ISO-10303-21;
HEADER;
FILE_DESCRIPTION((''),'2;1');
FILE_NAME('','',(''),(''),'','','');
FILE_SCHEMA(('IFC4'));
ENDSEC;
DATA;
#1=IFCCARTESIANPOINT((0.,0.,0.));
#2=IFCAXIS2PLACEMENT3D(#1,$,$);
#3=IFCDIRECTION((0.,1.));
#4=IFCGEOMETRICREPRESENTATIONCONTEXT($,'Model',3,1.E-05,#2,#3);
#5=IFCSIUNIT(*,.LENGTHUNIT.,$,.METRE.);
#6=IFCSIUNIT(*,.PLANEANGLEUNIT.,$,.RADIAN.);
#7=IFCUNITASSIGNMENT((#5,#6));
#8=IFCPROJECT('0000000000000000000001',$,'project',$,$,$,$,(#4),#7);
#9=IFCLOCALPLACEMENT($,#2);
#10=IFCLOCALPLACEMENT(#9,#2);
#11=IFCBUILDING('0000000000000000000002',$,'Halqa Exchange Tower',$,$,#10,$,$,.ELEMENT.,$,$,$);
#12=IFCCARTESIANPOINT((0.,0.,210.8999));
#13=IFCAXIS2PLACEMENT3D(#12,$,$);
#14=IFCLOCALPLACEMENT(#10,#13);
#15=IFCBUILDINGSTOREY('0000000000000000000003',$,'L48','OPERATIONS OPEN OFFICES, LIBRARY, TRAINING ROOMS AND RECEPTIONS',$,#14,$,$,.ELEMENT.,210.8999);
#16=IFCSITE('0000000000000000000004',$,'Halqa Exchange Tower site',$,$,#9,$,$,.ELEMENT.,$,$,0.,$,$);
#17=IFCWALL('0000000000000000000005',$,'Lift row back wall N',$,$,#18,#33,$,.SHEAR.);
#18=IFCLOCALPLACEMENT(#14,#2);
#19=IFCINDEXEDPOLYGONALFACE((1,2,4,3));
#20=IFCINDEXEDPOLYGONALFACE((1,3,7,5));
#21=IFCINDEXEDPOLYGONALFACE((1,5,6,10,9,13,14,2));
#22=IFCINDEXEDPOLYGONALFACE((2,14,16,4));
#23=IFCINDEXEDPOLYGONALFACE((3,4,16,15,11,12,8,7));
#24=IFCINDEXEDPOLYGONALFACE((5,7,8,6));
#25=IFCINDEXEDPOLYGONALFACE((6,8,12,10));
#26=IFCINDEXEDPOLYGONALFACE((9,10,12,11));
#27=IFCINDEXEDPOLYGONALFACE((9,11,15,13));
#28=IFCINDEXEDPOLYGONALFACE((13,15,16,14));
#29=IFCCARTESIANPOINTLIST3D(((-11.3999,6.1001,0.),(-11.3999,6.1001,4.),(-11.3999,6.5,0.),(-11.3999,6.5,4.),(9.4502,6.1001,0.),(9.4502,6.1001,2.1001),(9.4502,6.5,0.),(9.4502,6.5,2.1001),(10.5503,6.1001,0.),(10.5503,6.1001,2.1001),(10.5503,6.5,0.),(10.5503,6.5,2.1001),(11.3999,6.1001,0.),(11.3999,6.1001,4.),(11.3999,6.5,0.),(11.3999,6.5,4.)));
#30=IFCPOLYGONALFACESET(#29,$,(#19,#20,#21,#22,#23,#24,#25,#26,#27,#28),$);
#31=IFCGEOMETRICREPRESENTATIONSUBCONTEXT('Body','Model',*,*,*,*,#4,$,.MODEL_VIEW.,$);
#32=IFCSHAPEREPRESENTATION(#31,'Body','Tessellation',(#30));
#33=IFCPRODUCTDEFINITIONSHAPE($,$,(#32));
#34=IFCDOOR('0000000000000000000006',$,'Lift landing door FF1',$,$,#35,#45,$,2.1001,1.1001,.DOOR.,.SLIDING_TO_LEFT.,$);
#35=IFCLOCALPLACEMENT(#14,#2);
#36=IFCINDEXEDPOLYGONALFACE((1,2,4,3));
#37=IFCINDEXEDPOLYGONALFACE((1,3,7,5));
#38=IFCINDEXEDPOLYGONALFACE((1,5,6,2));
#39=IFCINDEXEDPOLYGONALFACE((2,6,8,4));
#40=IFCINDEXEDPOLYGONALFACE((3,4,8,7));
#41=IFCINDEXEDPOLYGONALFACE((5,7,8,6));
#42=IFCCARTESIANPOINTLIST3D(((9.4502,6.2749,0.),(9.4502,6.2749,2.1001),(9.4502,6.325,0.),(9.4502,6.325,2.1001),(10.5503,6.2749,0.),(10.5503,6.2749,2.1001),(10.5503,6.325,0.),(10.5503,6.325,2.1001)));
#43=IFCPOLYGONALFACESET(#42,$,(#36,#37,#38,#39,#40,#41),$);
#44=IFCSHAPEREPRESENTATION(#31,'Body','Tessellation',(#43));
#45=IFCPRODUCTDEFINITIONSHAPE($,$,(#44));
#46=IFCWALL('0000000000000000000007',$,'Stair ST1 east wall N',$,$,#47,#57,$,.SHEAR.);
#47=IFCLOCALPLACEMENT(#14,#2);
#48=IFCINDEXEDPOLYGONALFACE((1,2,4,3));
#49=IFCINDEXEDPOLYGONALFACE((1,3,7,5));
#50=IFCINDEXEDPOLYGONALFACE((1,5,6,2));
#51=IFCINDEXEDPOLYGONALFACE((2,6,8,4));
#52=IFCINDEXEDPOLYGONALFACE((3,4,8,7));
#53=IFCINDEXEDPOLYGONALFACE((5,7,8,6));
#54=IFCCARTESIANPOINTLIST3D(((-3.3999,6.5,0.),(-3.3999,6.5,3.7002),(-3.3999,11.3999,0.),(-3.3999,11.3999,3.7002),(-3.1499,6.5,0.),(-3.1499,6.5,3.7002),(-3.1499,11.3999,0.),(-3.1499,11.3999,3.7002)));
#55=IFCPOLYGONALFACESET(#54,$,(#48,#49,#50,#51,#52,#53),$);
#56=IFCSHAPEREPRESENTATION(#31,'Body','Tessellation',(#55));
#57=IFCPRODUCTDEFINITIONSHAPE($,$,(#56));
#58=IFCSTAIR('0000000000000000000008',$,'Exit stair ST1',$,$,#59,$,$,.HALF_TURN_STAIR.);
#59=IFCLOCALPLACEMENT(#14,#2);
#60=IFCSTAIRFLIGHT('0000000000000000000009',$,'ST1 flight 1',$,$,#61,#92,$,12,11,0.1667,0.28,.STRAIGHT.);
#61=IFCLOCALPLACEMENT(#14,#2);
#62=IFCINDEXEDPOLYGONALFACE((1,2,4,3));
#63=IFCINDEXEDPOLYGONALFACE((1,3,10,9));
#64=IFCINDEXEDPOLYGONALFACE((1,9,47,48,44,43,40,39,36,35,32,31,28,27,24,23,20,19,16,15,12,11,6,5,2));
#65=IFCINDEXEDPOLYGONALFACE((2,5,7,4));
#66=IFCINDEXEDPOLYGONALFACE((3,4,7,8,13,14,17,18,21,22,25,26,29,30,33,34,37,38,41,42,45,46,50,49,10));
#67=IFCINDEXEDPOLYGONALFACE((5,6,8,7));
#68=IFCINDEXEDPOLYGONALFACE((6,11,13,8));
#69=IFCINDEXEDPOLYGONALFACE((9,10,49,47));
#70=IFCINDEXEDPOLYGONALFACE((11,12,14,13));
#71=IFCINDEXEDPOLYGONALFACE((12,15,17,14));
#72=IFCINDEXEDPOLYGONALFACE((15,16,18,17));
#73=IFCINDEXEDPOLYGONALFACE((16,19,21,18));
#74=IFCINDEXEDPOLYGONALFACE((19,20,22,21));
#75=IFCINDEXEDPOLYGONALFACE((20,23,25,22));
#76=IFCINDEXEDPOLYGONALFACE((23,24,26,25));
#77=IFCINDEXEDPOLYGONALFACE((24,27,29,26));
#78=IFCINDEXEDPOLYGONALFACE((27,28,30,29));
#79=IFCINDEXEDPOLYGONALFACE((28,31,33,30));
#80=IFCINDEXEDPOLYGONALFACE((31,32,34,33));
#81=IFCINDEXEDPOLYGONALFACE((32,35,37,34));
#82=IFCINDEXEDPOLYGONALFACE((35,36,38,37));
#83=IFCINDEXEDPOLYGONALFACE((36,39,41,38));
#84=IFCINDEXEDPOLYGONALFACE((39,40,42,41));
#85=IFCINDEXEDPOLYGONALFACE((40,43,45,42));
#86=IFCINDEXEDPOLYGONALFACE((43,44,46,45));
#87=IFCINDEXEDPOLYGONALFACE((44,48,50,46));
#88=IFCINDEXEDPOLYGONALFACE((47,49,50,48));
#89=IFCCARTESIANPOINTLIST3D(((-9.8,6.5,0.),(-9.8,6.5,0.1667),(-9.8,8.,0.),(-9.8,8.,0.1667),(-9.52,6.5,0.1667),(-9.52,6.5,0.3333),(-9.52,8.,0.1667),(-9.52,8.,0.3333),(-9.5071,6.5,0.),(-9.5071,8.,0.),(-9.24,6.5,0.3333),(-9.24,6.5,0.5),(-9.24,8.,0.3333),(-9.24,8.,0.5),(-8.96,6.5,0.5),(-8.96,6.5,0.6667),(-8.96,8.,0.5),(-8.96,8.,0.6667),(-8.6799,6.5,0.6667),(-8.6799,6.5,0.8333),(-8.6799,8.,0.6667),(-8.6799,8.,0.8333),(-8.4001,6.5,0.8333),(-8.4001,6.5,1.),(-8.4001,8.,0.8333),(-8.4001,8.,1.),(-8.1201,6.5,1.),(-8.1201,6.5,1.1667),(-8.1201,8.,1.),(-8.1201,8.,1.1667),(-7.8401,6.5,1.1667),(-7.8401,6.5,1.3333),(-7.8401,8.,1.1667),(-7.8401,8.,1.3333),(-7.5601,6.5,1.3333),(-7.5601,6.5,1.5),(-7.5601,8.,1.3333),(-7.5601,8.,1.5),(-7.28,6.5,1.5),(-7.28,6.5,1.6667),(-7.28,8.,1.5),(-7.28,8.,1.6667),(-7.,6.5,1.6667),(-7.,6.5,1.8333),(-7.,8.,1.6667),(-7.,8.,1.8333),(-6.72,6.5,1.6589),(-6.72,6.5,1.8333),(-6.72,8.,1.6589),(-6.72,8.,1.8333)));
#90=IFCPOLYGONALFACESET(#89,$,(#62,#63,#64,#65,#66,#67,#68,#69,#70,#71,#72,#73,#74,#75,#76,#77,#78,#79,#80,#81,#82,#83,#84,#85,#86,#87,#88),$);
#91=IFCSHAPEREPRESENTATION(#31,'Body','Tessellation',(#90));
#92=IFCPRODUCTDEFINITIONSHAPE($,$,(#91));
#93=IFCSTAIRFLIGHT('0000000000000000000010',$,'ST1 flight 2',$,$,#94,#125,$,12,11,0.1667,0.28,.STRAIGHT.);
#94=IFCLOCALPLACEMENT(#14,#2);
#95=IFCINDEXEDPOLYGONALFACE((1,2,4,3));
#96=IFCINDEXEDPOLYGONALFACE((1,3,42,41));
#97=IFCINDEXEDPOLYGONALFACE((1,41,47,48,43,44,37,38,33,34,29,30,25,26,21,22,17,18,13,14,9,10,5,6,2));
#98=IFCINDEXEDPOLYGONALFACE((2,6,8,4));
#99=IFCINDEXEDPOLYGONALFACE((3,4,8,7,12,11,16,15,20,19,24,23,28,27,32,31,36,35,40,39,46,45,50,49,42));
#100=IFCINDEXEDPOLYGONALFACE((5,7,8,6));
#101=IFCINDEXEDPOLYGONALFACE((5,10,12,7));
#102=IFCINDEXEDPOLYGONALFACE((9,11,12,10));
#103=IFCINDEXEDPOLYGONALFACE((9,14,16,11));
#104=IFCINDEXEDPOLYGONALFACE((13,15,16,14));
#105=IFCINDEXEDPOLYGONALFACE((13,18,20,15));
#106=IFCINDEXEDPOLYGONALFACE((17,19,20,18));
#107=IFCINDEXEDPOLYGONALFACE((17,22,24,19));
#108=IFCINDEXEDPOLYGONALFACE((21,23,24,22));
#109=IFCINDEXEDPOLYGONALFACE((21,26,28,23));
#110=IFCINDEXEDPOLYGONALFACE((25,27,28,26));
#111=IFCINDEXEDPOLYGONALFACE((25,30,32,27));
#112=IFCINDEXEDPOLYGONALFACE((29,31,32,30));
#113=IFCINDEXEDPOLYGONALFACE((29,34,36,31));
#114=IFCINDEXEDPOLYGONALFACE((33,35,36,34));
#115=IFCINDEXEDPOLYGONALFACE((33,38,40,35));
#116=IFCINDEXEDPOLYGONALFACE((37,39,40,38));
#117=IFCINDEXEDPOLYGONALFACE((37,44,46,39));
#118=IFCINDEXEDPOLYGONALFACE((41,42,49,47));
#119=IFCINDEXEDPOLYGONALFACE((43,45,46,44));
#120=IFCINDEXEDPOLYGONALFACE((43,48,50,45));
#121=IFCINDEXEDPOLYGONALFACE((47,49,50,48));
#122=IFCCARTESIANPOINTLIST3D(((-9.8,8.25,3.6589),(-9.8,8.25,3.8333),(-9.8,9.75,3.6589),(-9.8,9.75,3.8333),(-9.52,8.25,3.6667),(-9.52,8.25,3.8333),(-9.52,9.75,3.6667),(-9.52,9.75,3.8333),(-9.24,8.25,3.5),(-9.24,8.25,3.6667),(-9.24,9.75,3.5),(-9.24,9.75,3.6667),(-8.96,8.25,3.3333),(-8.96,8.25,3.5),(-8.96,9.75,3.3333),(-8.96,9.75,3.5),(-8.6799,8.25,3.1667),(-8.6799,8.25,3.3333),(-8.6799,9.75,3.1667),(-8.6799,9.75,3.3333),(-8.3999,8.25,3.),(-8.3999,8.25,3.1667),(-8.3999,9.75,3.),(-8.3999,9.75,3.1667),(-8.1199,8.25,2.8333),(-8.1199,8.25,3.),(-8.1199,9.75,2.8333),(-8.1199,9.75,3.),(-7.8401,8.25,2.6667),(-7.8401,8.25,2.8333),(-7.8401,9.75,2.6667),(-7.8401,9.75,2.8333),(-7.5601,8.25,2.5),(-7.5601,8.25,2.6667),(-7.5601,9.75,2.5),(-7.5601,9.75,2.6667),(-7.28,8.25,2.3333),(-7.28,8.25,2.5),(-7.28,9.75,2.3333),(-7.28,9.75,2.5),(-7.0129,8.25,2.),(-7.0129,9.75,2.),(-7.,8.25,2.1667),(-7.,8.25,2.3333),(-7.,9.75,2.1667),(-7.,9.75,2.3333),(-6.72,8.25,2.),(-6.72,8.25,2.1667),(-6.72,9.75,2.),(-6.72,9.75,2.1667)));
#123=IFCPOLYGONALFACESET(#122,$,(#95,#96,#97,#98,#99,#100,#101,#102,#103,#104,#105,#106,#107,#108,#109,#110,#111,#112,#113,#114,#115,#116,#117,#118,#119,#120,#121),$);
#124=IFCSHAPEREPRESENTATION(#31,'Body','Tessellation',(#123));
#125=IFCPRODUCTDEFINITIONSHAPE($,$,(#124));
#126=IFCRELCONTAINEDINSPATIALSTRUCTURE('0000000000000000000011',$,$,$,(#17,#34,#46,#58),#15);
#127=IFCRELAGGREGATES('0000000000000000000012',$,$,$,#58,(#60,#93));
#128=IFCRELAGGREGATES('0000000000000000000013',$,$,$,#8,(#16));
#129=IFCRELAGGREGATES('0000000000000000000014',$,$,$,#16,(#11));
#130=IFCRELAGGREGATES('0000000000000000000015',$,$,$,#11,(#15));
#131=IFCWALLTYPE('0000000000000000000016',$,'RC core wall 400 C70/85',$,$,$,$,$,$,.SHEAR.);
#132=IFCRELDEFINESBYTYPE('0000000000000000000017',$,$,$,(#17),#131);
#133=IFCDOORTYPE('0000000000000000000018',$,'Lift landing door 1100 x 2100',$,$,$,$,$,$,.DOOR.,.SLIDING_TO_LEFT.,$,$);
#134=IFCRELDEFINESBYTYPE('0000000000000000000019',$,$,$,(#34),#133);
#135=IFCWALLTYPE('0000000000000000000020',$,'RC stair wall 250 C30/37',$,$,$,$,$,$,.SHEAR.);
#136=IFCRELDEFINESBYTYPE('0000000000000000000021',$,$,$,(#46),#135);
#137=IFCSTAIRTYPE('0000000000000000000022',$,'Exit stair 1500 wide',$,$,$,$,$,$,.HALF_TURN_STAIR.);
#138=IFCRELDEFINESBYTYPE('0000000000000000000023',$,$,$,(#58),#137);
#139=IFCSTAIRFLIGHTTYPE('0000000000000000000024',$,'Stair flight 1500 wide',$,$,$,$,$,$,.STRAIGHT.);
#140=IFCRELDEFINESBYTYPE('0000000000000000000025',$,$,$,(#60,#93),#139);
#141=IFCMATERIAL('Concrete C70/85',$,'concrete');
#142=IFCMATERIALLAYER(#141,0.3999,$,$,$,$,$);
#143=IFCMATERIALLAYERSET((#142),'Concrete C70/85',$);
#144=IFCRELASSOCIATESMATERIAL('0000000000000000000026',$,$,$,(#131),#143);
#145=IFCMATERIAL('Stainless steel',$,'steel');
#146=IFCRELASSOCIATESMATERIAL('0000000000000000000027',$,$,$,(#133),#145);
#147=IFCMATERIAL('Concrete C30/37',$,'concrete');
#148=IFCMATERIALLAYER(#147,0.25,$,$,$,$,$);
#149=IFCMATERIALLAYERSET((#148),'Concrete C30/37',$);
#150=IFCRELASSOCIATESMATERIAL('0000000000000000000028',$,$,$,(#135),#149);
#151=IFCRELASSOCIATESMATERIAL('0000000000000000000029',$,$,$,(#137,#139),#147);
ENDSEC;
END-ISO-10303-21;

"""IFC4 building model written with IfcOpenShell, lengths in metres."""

from ifc_helpers import new_model, si_unit, direction, frame, frame_2d, origin, place, context, subcontext, project, spatial, polyline, rectangle, outline, extrude, material, layer, layer_set, type_object, element, fill, aggregate, save


model = new_model("IFC4")

# Units and contexts
model_context = context("Model", 3, precision=1e-05, world=origin(), true_north=direction((0.0, 1.0)))
body_context = subcontext(model_context, "Body", "Model", "MODEL_VIEW")
ifc_project = project(units=[si_unit("LENGTHUNIT", "METRE"), si_unit("PLANEANGLEUNIT", "RADIAN")], contexts=[model_context])

# Site, building, storey
site_placement = place(None, origin())
site = spatial("IfcSite", under=ifc_project, at=site_placement, Name="Halqa Exchange Tower site", CompositionType="ELEMENT", RefElevation=0.0)
building_placement = place(site_placement, origin())
building = spatial("IfcBuilding", under=site, at=building_placement, Name="Halqa Exchange Tower", CompositionType="ELEMENT")
storey_placement = place(building_placement, frame((0.0, 0.0, 210.8999)))
storey = spatial("IfcBuildingStorey", under=building, at=storey_placement, Name="L48", Description="OPERATIONS OPEN OFFICES, LIBRARY, TRAINING ROOMS AND RECEPTIONS", CompositionType="ELEMENT", Elevation=210.8999)

# Shared definitions
ifc_material_1 = material(Name="Concrete C70/85", Category="concrete")
ifc_layer_1 = layer(ifc_material_1, 0.3999)
ifc_layer_set_1 = layer_set([ifc_layer_1], Name="Concrete C70/85")
wall_type_1 = type_object("IfcWallType", Name="RC core wall 400 C70/85", PredefinedType="SHEAR", material=ifc_layer_set_1)
ifc_material_2 = material(Name="Stainless steel", Category="steel")
door_type_1 = type_object("IfcDoorType", Name="Lift landing door 1100 x 2100", OperationType="SLIDING_TO_LEFT", PredefinedType="DOOR", material=ifc_material_2)

# Wall, opening, door
wall_1_placement = place(storey_placement, frame((-11.3999, 6.3, 0.0), z_axis=(0.0, 0.0, 1.0), x_axis=(1.0, 0.0, 0.0)))
wall_1 = element("IfcWall", 1, at=wall_1_placement, inside=storey, type_object=wall_type_1, Name="Lift row back wall N", PredefinedType="SHEAR", context=body_context, shape_type="SweptSolid", body=[
    extrude(rectangle(XDim=22.7998, YDim=0.3999, at=frame_2d((11.3999, 0.0))), origin(), (0.0, 0.0, 1.0), 4.0),
])
opening_1_placement = place(wall_1_placement, frame((20.8501, 0.0, 0.0)))
opening_1 = element("IfcOpeningElement", 2, at=opening_1_placement, cuts=wall_1, PredefinedType="OPENING", context=body_context, shape_type="SweptSolid", body=[
    extrude(rectangle(XDim=1.1001, YDim=2.1001, at=frame_2d((0.55, 1.05))), frame((0.0, 0.2119, 0.0), z_axis=(0.0, -1.0, 0.0), x_axis=(1.0, 0.0, 0.0)), (0.0, 0.0, 1.0), 0.4238),
])
door_1_placement = place(opening_1_placement, origin())
door_1 = element("IfcDoor", 3, at=door_1_placement, inside=storey, type_object=door_type_1, Name="Lift landing door FF1", OperationType="SLIDING_TO_LEFT", OverallHeight=2.1001, OverallWidth=1.1001, PredefinedType="DOOR", context=body_context, shape_type="SweptSolid", body=[
    extrude(rectangle(XDim=1.1001, YDim=2.1001, at=frame_2d((0.55, 1.05))), frame((0.0, 0.0249, 0.0), z_axis=(0.0, -1.0, 0.0), x_axis=(1.0, 0.0, 0.0)), (0.0, 0.0, 1.0), 0.05),
])
fill(opening_1, door_1)

# Wall
ifc_material_3 = material(Name="Concrete C30/37", Category="concrete")
ifc_layer_2 = layer(ifc_material_3, 0.25)
ifc_layer_set_2 = layer_set([ifc_layer_2], Name="Concrete C30/37")
wall_type_2 = type_object("IfcWallType", Name="RC stair wall 250 C30/37", PredefinedType="SHEAR", material=ifc_layer_set_2)
wall_2_placement = place(storey_placement, frame((-3.2749, 6.5, 0.0), z_axis=(0.0, 0.0, 1.0), x_axis=(0.0, 1.0, 0.0)))
element("IfcWall", 4, at=wall_2_placement, inside=storey, type_object=wall_type_2, Name="Stair ST1 east wall N", PredefinedType="SHEAR", context=body_context, shape_type="SweptSolid", body=[
    extrude(rectangle(XDim=4.8999, YDim=0.25, at=frame_2d((2.45, 0.0))), origin(), (0.0, 0.0, 1.0), 3.7002),
])

# Stair, stair flights
stair_type = type_object("IfcStairType", Name="Exit stair 1500 wide", PredefinedType="HALF_TURN_STAIR", material=ifc_material_3)
stair_placement = place(storey_placement, origin())
stair = element("IfcStair", 5, at=stair_placement, inside=storey, type_object=stair_type, Name="Exit stair ST1", PredefinedType="HALF_TURN_STAIR")
stair_flight_type = type_object("IfcStairFlightType", Name="Stair flight 1500 wide", PredefinedType="STRAIGHT", material=ifc_material_3)
stair_flight_1_placement = place(storey_placement, frame((-9.8, 7.25, 0.0), z_axis=(0.0, 0.0, 1.0), x_axis=(1.0, 0.0, 0.0)))
stair_flight_1 = element("IfcStairFlight", 6, at=stair_flight_1_placement, type_object=stair_flight_type, Name="ST1 flight 1", NumberOfRisers=12, NumberOfTreads=11, PredefinedType="STRAIGHT", RiserHeight=0.1667, TreadLength=0.28, context=body_context, shape_type="SweptSolid", body=[
    extrude(outline(polyline([(0.0, 0.0), (0.0, 0.1667), (0.28, 0.1667), (0.28, 0.3333), (0.5601, 0.3333), (0.5601, 0.5), (0.8401, 0.5), (0.8401, 0.6667), (1.1201, 0.6667), (1.1201, 0.8333), (1.3999, 0.8333), (1.3999, 1.0), (1.6799, 1.0), (1.6799, 1.1667), (1.96, 1.1667), (1.96, 1.3333), (2.24, 1.3333), (2.24, 1.5), (2.52, 1.5), (2.52, 1.6667), (2.8, 1.6667), (2.8, 1.8333), (3.0801, 1.8333), (3.0801, 2.0), (3.0801, 1.6589), (0.293, 0.0), (0.0, 0.0)])), frame((0.0, 0.75, 0.0), z_axis=(0.0, -1.0, 0.0), x_axis=(1.0, 0.0, 0.0)), (0.0, 0.0, 1.0), 1.5),
])
stair_flight_2_placement = place(storey_placement, frame((-6.72, 9.0, 2.0), z_axis=(0.0, 0.0, 1.0), x_axis=(-1.0, 0.0, 0.0)))
stair_flight_2 = element("IfcStairFlight", 7, at=stair_flight_2_placement, type_object=stair_flight_type, Name="ST1 flight 2", NumberOfRisers=12, NumberOfTreads=11, PredefinedType="STRAIGHT", RiserHeight=0.1667, TreadLength=0.28, context=body_context, shape_type="SweptSolid", body=[
    extrude(outline(polyline([(0.0, 0.0), (0.0, 0.1667), (0.28, 0.1667), (0.28, 0.3333), (0.5601, 0.3333), (0.5601, 0.5), (0.8401, 0.5), (0.8401, 0.6667), (1.1201, 0.6667), (1.1201, 0.8333), (1.3999, 0.8333), (1.3999, 1.0), (1.6799, 1.0), (1.6799, 1.1667), (1.96, 1.1667), (1.96, 1.3333), (2.24, 1.3333), (2.24, 1.5), (2.52, 1.5), (2.52, 1.6667), (2.8, 1.6667), (2.8, 1.8333), (3.0801, 1.8333), (3.0801, 2.0), (3.0801, 1.6589), (0.293, 0.0), (0.0, 0.0)])), frame((0.0, 0.75, 0.0), z_axis=(0.0, -1.0, 0.0), x_axis=(1.0, 0.0, 0.0)), (0.0, 0.0, 1.0), 1.5),
])
aggregate(stair, [stair_flight_1, stair_flight_2])

save(model, "model.ifc")
